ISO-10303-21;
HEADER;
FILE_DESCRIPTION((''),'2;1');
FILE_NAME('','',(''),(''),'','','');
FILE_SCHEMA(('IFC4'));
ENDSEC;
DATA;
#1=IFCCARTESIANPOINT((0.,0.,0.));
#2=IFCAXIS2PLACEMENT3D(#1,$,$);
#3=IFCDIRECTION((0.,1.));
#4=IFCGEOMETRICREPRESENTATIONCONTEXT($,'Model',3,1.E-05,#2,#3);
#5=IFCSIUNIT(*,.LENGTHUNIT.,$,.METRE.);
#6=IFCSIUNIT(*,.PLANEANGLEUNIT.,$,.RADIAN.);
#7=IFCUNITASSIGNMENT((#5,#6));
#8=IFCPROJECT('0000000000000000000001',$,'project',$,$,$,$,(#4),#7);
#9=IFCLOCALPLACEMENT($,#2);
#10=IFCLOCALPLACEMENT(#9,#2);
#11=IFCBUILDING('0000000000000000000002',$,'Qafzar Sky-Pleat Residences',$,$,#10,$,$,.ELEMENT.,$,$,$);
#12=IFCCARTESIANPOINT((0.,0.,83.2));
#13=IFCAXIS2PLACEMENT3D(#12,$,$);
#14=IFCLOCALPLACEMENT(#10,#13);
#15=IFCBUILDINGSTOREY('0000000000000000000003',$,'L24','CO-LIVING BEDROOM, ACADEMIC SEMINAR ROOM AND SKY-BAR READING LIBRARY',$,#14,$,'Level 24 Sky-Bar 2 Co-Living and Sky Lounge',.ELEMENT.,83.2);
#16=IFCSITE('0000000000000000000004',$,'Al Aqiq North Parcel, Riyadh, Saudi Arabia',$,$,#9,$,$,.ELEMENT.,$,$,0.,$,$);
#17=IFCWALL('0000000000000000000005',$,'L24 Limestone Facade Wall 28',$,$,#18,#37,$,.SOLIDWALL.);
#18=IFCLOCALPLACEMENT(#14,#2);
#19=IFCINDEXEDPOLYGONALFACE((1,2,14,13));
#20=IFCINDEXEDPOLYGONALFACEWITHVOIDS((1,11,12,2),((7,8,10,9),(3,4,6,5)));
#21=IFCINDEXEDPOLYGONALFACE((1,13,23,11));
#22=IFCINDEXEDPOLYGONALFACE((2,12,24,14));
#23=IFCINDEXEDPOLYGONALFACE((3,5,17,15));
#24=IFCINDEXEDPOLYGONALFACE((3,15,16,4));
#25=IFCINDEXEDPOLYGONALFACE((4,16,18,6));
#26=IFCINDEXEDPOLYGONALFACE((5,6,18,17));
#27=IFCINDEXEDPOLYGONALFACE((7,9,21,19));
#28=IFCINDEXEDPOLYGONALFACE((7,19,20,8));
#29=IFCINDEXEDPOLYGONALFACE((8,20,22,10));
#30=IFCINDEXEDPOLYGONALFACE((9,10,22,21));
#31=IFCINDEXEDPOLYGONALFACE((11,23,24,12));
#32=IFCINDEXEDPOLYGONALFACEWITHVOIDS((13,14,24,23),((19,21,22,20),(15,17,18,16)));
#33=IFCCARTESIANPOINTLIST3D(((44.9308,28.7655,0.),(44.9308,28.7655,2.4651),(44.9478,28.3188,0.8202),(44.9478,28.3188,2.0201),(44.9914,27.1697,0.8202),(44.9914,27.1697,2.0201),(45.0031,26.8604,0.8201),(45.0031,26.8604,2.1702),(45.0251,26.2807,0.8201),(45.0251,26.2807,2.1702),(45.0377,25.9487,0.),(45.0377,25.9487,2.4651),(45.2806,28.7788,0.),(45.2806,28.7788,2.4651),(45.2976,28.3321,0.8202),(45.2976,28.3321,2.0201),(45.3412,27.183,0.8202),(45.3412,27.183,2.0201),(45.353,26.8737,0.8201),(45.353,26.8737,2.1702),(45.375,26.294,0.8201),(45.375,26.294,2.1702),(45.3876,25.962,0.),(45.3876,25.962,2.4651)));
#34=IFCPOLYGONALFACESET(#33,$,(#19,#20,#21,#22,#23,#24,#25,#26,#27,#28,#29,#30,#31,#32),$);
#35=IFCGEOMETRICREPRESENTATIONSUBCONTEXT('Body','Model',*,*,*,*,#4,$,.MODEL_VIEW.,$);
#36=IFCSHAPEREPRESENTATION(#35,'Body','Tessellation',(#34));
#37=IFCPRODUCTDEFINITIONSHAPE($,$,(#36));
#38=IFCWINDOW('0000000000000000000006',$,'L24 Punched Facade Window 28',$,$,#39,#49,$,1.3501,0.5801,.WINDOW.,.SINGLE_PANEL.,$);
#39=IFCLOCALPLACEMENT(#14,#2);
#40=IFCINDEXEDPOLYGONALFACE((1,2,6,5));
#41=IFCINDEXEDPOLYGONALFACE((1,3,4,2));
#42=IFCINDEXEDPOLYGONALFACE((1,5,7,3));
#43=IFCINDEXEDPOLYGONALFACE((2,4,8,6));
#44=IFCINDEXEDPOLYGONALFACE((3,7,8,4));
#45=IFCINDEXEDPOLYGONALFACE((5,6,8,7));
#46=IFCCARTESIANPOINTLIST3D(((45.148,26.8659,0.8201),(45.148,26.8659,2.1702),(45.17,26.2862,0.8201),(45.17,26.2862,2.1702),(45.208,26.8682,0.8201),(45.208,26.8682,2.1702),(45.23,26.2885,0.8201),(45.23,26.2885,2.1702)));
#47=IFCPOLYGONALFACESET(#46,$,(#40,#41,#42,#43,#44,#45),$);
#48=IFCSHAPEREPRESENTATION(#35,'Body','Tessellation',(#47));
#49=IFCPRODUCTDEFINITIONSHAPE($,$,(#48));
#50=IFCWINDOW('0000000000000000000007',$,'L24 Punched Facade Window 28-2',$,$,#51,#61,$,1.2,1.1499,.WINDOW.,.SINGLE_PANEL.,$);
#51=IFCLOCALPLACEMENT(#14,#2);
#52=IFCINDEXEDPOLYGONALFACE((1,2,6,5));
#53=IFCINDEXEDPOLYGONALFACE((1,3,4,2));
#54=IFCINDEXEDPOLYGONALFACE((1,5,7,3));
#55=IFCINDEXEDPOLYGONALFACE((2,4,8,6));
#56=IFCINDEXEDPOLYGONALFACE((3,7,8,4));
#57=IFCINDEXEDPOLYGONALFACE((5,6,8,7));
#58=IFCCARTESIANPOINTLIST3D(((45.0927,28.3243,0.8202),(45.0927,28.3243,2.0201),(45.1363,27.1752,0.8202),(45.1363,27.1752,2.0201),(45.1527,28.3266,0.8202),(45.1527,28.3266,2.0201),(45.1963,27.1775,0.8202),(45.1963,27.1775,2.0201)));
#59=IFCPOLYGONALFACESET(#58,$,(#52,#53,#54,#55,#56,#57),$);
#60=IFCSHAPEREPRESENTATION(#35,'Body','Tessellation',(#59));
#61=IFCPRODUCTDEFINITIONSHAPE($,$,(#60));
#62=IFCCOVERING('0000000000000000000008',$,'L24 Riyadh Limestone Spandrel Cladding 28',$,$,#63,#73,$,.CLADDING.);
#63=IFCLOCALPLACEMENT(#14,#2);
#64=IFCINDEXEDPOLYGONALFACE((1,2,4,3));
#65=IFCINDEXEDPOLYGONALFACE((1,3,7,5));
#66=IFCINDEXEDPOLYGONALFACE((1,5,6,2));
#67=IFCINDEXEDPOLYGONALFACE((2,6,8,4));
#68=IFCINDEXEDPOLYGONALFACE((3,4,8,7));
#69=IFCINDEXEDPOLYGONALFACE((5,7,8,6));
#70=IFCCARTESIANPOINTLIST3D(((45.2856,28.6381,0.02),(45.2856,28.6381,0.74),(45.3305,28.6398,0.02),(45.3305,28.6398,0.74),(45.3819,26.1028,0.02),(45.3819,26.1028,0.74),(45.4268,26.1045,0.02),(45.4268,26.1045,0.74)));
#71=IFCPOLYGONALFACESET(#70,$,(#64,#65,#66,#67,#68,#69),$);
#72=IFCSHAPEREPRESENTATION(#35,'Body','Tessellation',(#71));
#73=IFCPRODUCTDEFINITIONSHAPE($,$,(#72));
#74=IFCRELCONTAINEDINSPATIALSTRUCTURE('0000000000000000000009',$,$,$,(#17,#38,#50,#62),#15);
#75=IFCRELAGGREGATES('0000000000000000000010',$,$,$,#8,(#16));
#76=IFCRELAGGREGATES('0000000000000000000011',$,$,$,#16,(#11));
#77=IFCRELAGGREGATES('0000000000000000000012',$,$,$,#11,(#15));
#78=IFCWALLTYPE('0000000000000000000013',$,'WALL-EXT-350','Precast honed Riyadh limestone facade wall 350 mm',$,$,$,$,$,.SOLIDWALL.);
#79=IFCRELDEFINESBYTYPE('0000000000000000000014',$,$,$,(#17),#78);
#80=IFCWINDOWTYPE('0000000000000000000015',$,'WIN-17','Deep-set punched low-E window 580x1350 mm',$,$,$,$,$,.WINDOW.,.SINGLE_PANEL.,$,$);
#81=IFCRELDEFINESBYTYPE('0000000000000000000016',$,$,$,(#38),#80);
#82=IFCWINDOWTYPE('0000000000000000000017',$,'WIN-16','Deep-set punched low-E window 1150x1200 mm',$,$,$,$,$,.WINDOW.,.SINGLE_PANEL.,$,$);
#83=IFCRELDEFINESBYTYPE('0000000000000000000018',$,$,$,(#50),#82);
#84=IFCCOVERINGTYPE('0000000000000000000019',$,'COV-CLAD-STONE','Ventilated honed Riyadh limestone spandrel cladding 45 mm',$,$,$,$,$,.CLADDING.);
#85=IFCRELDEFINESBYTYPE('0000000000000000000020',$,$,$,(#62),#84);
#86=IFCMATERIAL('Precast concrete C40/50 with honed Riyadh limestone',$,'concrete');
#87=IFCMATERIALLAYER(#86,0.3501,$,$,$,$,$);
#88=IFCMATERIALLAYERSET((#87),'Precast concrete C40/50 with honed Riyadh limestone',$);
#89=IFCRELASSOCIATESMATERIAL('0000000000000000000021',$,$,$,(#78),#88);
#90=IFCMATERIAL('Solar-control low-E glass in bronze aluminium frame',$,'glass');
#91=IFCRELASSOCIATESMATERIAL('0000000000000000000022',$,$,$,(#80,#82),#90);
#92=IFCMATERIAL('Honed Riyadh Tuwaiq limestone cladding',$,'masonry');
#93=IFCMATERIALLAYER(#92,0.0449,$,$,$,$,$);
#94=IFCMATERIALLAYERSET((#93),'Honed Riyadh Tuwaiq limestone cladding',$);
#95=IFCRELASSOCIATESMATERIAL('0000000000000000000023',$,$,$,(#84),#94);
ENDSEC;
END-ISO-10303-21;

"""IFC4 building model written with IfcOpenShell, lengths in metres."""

from ifc_helpers import new_model, si_unit, direction, frame, frame_2d, origin, origin_2d, place, context, subcontext, project, spatial, rectangle, extrude, source, transform, mapped, material, layer, layer_set, type_object, element, fill, save


model = new_model("IFC4")

# Units and contexts
model_context = context("Model", 3, precision=1e-05, world=origin(), true_north=direction((0.0, 1.0)))
body_context = subcontext(model_context, "Body", "Model", "MODEL_VIEW")
ifc_project = project(units=[si_unit("LENGTHUNIT", "METRE"), si_unit("PLANEANGLEUNIT", "RADIAN")], contexts=[model_context])

# Site, building, storey
site_placement = place(None, origin())
site = spatial("IfcSite", under=ifc_project, at=site_placement, Name="Al Aqiq North Parcel, Riyadh, Saudi Arabia", CompositionType="ELEMENT", RefElevation=0.0)
building_placement = place(site_placement, origin())
building = spatial("IfcBuilding", under=site, at=building_placement, Name="Qafzar Sky-Pleat Residences", CompositionType="ELEMENT")
storey_placement = place(building_placement, frame((0.0, 0.0, 83.2)))
storey = spatial("IfcBuildingStorey", under=building, at=storey_placement, Name="L24", Description="CO-LIVING BEDROOM, ACADEMIC SEMINAR ROOM AND SKY-BAR READING LIBRARY", LongName="Level 24 Sky-Bar 2 Co-Living and Sky Lounge", CompositionType="ELEMENT", Elevation=83.2)

# Wall, openings, windows
ifc_material_1 = material(Name="Precast concrete C40/50 with honed Riyadh limestone", Category="concrete")
ifc_layer_1 = layer(ifc_material_1, 0.3501)
ifc_layer_set_1 = layer_set([ifc_layer_1], Name="Precast concrete C40/50 with honed Riyadh limestone")
wall_type_1 = type_object("IfcWallType", Name="WALL-EXT-350", Description="Precast honed Riyadh limestone facade wall 350 mm", PredefinedType="SOLIDWALL", material=ifc_layer_set_1)
ifc_material_2 = material(Name="Solar-control low-E glass in bronze aluminium frame", Category="glass")
window_type_1 = type_object("IfcWindowType", Name="WIN-17", Description="Deep-set punched low-E window 580x1350 mm", PartitioningType="SINGLE_PANEL", PredefinedType="WINDOW", material=ifc_material_2)
shared_shape_1 = source(origin(), body_context, "Body", "SweptSolid", [
    extrude(rectangle(XDim=0.5801, YDim=1.3501, at=frame_2d((0.29, 0.675))), frame((0.0, 0.03, 0.0), z_axis=(0.0, -1.0, 0.0), x_axis=(1.0, 0.0, 0.0)), (0.0, 0.0, 1.0), 0.0601),
])
wall_1_placement = place(storey_placement, frame((45.2126, 25.9553, 0.0), z_axis=(0.0, 0.0, 1.0), x_axis=(-0.037934, 0.99928, 0.0)))
wall_1 = element("IfcWall", 1, at=wall_1_placement, inside=storey, type_object=wall_type_1, Name="L24 Limestone Facade Wall 28", PredefinedType="SOLIDWALL", context=body_context, shape_type="SweptSolid", body=[
    extrude(rectangle(XDim=2.8188, YDim=0.3501, at=frame_2d((1.4094, 0.0))), origin(), (0.0, 0.0, 1.0), 2.4651),
])
opening_1_placement = place(wall_1_placement, frame((0.3323, 0.0, 0.8201)))
opening_1 = element("IfcOpeningElement", 2, at=opening_1_placement, cuts=wall_1, PredefinedType="OPENING", context=body_context, shape_type="SweptSolid", body=[
    extrude(rectangle(XDim=0.5801, YDim=1.3501, at=frame_2d((0.29, 0.675))), frame((0.0, 0.1851, 0.0), z_axis=(0.0, -1.0, 0.0), x_axis=(1.0, 0.0, 0.0)), (0.0, 0.0, 1.0), 0.3701),
])
opening_2_placement = place(wall_1_placement, frame((1.2219, 0.0, 0.8201)))
opening_2 = element("IfcOpeningElement", 3, at=opening_2_placement, cuts=wall_1, PredefinedType="OPENING", context=body_context, shape_type="SweptSolid", body=[
    extrude(rectangle(XDim=1.1499, YDim=1.2, at=frame_2d((0.575, 0.6001))), frame((0.0, 0.1851, 0.0), z_axis=(0.0, -1.0, 0.0), x_axis=(1.0, 0.0, 0.0)), (0.0, 0.0, 1.0), 0.3701),
])
window_1_placement = place(opening_1_placement, origin())
window_1 = element("IfcWindow", 4, at=window_1_placement, inside=storey, type_object=window_type_1, Name="L24 Punched Facade Window 28", OverallHeight=1.3501, OverallWidth=0.5801, PartitioningType="SINGLE_PANEL", PredefinedType="WINDOW", context=body_context, shape_type="MappedRepresentation", body=[
    mapped(shared_shape_1, transform((0.0, 0.0, 0.0), x_axis=(1.0, 0.0, 0.0), y_axis=(0.0, 1.0, 0.0), z_axis=(0.0, 0.0, 1.0), scale=1.0)),
])
fill(opening_1, window_1)
window_type_2 = type_object("IfcWindowType", Name="WIN-16", Description="Deep-set punched low-E window 1150x1200 mm", PartitioningType="SINGLE_PANEL", PredefinedType="WINDOW", material=ifc_material_2)
shared_shape_2 = source(origin(), body_context, "Body", "SweptSolid", [
    extrude(rectangle(XDim=1.1499, YDim=1.2, at=frame_2d((0.575, 0.6001))), frame((0.0, 0.03, 0.0), z_axis=(0.0, -1.0, 0.0), x_axis=(1.0, 0.0, 0.0)), (0.0, 0.0, 1.0), 0.0601),
])
window_2_placement = place(opening_2_placement, origin())
window_2 = element("IfcWindow", 5, at=window_2_placement, inside=storey, type_object=window_type_2, Name="L24 Punched Facade Window 28-2", OverallHeight=1.2, OverallWidth=1.1499, PartitioningType="SINGLE_PANEL", PredefinedType="WINDOW", context=body_context, shape_type="MappedRepresentation", body=[
    mapped(shared_shape_2, transform((0.0, 0.0, 0.0), x_axis=(1.0, 0.0, 0.0), y_axis=(0.0, 1.0, 0.0), z_axis=(0.0, 0.0, 1.0), scale=1.0)),
])
fill(opening_2, window_2)

# Covering
ifc_material_3 = material(Name="Honed Riyadh Tuwaiq limestone cladding", Category="masonry")
ifc_layer_2 = layer(ifc_material_3, 0.0449)
ifc_layer_set_2 = layer_set([ifc_layer_2], Name="Honed Riyadh Tuwaiq limestone cladding")
covering_type = type_object("IfcCoveringType", Name="COV-CLAD-STONE", Description="Ventilated honed Riyadh limestone spandrel cladding 45 mm", PredefinedType="CLADDING", material=ifc_layer_set_2)
shared_shape_3 = source(origin(), body_context, "Body", "SweptSolid", [
    extrude(rectangle(XDim=2.5371, YDim=0.0449, at=origin_2d()), origin(), (0.0, 0.0, 1.0), 0.72),
])
covering_placement = place(storey_placement, frame((45.3562, 27.3713, 0.02), z_axis=(0.0, 0.0, 1.0), x_axis=(-0.037958, 0.999279, 0.0)))
element("IfcCovering", 6, at=covering_placement, inside=storey, type_object=covering_type, Name="L24 Riyadh Limestone Spandrel Cladding 28", PredefinedType="CLADDING", context=body_context, shape_type="MappedRepresentation", body=[
    mapped(shared_shape_3, transform((0.0, 0.0, 0.0), x_axis=(1.0, 0.0, 0.0), y_axis=(0.0, 1.0, 0.0), z_axis=(0.0, 0.0, 1.0), scale=1.0)),
])

save(model, "model.ifc")
